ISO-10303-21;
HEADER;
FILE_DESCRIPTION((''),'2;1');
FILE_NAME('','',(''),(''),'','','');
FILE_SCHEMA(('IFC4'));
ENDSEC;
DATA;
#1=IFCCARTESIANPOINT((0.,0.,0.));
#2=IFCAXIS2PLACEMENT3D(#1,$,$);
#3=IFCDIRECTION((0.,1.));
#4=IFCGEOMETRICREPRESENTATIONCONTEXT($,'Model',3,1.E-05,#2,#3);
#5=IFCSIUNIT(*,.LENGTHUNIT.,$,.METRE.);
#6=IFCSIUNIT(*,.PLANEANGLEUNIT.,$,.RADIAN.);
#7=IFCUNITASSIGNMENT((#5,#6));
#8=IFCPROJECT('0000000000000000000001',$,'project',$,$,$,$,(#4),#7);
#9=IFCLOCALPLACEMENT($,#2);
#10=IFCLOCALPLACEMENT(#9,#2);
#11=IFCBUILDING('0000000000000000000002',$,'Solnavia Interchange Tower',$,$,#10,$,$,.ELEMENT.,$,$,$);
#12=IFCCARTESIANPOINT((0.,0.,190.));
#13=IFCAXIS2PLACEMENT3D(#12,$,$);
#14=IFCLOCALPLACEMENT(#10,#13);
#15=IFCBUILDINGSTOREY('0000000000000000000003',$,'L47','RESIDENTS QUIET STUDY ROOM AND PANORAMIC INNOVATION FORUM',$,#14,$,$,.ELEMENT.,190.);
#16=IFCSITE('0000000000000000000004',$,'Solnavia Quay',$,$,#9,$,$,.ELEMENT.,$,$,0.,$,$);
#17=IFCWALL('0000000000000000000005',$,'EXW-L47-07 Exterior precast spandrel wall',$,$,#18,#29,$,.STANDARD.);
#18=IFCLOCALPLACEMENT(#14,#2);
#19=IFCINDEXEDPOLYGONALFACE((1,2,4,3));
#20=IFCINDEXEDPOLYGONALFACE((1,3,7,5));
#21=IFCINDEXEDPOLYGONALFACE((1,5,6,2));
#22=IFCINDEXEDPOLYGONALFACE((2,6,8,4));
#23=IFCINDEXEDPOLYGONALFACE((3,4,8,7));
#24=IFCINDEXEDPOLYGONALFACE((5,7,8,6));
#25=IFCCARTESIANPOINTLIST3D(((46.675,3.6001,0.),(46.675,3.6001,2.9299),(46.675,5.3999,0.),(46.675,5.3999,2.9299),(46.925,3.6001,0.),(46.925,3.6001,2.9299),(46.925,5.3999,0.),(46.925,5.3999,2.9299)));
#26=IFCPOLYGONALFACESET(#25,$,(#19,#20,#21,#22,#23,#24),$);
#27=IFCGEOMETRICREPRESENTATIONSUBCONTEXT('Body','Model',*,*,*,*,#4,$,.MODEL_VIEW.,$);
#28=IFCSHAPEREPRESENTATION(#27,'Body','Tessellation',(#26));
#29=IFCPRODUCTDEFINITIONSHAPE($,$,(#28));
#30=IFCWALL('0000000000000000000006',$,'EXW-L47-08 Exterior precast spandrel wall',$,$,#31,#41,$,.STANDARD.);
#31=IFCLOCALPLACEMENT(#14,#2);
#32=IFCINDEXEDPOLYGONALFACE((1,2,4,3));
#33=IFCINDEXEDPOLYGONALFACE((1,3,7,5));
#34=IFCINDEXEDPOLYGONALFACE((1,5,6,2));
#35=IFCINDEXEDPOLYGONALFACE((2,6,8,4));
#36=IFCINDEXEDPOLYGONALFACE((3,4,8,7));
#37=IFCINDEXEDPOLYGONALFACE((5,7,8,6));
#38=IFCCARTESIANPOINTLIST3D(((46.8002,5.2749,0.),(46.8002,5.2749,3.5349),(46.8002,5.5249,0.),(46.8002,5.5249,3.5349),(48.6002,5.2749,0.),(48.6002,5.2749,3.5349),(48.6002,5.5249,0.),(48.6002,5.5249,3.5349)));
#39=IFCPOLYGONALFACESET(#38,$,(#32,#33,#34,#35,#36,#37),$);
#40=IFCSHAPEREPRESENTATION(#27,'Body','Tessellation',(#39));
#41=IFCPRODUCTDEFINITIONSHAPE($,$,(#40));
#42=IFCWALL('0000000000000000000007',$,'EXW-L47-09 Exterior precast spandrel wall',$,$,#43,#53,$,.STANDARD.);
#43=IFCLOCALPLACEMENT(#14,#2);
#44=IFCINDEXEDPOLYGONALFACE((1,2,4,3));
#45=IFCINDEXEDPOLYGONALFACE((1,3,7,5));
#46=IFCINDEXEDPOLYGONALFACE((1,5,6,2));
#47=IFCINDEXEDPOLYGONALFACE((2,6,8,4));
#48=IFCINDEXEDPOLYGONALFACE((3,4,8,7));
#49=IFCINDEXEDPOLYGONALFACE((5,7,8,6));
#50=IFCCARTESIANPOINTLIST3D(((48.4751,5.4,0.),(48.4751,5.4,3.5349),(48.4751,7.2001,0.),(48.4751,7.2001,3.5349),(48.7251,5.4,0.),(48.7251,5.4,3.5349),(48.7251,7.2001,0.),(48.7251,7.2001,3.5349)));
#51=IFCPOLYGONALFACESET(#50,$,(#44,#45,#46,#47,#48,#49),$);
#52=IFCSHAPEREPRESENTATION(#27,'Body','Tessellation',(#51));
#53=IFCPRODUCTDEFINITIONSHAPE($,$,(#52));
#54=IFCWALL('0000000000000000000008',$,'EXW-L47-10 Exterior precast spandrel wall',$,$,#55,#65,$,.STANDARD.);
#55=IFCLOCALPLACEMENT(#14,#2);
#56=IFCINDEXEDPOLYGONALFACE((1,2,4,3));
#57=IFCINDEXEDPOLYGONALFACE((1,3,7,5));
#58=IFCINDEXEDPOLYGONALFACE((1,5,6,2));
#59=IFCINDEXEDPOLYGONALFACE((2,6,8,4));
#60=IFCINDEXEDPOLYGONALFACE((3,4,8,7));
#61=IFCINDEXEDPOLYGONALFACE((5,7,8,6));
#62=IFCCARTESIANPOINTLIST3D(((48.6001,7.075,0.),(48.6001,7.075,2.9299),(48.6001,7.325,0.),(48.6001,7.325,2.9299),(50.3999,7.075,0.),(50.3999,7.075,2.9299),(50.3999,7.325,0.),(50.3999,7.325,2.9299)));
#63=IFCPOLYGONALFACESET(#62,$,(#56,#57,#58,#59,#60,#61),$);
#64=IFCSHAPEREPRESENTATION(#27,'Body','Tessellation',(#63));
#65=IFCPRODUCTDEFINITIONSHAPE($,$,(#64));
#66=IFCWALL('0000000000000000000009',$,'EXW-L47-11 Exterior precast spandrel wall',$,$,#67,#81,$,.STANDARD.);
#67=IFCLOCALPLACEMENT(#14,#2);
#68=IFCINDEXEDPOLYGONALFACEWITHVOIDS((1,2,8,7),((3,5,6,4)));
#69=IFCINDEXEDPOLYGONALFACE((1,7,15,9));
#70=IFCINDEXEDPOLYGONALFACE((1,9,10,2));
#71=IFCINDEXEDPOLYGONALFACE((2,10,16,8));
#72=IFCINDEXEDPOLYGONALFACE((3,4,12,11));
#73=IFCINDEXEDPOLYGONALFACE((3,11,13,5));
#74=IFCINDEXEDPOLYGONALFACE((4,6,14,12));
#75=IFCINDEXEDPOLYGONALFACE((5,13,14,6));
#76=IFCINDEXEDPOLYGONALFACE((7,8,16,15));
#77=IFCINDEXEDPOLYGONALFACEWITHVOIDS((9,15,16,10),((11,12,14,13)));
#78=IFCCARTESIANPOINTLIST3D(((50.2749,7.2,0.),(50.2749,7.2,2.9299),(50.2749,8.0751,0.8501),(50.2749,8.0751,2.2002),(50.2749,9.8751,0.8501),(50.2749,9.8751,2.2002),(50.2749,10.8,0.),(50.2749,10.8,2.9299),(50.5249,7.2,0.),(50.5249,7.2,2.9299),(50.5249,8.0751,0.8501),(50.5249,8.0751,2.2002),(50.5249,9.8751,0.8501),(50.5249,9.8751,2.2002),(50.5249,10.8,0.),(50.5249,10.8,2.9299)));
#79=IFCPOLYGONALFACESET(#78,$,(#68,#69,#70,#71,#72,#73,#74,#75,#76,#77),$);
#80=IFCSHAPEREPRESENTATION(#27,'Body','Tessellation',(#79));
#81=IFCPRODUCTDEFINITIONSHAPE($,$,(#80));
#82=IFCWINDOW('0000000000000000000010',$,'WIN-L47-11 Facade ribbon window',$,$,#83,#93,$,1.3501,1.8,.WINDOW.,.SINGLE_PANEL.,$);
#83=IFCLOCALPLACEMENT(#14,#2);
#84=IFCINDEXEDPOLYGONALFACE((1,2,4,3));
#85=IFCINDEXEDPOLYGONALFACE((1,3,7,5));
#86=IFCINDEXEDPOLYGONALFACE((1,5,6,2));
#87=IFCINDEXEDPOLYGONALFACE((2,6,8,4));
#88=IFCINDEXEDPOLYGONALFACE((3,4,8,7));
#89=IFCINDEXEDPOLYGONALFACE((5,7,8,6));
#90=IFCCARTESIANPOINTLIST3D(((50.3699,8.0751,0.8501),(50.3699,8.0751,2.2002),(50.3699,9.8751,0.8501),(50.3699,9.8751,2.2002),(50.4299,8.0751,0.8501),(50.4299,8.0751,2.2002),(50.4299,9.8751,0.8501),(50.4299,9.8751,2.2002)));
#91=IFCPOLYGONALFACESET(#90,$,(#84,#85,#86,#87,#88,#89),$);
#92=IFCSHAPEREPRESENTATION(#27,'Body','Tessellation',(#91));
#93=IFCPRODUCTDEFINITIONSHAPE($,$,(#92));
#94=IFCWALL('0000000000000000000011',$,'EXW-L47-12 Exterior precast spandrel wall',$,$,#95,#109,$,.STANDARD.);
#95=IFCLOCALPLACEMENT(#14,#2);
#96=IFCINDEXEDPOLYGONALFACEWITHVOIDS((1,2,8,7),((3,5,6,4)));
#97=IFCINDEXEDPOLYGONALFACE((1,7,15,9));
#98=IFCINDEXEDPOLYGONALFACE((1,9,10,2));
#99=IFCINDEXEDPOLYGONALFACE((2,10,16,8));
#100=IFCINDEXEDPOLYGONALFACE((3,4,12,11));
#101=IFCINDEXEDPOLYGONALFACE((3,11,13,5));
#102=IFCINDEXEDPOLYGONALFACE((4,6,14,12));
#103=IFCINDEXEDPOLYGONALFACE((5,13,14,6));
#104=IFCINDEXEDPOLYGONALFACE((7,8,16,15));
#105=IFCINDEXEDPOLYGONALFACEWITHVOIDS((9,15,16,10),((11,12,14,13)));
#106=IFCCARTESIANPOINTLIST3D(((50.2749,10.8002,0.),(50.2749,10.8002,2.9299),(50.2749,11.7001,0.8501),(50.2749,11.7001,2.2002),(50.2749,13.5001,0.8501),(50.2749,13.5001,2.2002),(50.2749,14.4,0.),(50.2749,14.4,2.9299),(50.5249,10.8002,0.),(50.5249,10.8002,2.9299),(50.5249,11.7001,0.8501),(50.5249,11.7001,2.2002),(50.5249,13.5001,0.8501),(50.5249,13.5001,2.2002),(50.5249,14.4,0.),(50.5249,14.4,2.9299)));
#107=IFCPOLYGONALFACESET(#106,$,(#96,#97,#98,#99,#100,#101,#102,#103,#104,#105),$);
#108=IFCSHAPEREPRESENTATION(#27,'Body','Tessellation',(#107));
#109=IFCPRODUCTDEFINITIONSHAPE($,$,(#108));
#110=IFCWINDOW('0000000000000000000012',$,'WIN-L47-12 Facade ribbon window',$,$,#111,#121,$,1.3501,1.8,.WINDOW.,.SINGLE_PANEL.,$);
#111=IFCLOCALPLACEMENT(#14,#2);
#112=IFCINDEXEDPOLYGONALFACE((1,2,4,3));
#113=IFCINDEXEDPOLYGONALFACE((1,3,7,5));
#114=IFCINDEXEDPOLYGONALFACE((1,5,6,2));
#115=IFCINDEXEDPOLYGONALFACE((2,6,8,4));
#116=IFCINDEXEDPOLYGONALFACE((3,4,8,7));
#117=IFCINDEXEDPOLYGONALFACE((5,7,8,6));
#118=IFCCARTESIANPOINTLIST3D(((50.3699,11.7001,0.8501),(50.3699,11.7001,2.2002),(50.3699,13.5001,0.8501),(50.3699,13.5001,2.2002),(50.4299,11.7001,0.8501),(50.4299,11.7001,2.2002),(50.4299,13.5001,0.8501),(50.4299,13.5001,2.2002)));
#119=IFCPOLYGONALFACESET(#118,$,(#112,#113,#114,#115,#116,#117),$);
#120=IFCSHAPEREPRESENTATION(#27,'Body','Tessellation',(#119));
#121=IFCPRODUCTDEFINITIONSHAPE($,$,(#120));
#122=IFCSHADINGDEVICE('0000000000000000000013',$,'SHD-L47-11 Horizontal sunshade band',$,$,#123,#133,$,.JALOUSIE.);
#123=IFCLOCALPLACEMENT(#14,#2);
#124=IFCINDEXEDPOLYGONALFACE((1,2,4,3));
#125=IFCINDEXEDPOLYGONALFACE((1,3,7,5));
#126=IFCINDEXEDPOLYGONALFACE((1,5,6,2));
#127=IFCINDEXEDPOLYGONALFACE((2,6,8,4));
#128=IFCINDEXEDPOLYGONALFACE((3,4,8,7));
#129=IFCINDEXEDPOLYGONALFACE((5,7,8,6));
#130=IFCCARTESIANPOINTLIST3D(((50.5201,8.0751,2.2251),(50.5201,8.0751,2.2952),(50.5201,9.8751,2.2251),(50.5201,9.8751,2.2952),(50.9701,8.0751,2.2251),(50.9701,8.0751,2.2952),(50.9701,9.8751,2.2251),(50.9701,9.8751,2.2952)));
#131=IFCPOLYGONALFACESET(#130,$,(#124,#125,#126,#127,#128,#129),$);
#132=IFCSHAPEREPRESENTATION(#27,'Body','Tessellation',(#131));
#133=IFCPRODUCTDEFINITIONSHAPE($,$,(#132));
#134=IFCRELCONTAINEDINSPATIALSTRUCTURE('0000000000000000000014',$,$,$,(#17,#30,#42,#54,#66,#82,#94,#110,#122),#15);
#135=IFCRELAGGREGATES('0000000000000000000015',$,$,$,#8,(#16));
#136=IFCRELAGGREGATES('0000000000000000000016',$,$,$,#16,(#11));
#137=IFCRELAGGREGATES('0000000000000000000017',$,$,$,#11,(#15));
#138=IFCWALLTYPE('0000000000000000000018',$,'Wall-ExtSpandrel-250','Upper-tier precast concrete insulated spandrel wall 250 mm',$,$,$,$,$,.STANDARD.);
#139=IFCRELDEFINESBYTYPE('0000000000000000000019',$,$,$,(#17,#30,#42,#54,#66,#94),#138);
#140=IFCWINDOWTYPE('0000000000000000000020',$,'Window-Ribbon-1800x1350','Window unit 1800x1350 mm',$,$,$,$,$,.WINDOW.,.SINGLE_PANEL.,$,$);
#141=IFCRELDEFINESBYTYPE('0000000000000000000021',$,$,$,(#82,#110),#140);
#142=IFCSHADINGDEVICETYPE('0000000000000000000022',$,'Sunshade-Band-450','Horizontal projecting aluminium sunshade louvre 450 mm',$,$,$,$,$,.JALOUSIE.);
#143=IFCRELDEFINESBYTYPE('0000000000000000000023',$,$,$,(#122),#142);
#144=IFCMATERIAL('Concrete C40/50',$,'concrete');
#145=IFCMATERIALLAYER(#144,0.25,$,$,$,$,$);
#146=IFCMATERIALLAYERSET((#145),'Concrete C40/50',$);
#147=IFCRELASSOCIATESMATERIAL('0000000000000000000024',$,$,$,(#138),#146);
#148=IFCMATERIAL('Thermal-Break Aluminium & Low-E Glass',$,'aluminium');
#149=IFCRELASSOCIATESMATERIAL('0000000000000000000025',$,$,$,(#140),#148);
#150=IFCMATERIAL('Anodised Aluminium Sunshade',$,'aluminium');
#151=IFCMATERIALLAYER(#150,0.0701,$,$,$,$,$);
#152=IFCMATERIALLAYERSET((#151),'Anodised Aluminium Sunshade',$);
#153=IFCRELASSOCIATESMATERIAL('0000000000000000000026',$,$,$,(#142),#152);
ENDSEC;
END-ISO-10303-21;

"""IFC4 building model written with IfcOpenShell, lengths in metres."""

from ifc_helpers import new_model, si_unit, direction, frame, frame_2d, origin, origin_2d, place, context, subcontext, project, spatial, rectangle, extrude, material, layer, layer_set, type_object, element, fill, save


model = new_model("IFC4")

# Units and contexts
model_context = context("Model", 3, precision=1e-05, world=origin(), true_north=direction((0.0, 1.0)))
body_context = subcontext(model_context, "Body", "Model", "MODEL_VIEW")
ifc_project = project(units=[si_unit("LENGTHUNIT", "METRE"), si_unit("PLANEANGLEUNIT", "RADIAN")], contexts=[model_context])

# Site, building, storey
site_placement = place(None, origin())
site = spatial("IfcSite", under=ifc_project, at=site_placement, Name="Solnavia Quay", CompositionType="ELEMENT", RefElevation=0.0)
building_placement = place(site_placement, origin())
building = spatial("IfcBuilding", under=site, at=building_placement, Name="Solnavia Interchange Tower", CompositionType="ELEMENT")
storey_placement = place(building_placement, frame((0.0, 0.0, 190.0)))
storey = spatial("IfcBuildingStorey", under=building, at=storey_placement, Name="L47", Description="RESIDENTS QUIET STUDY ROOM AND PANORAMIC INNOVATION FORUM", CompositionType="ELEMENT", Elevation=190.0)

# Shared definitions
ifc_material_1 = material(Name="Concrete C40/50", Category="concrete")
ifc_layer_1 = layer(ifc_material_1, 0.25)
ifc_layer_set_1 = layer_set([ifc_layer_1], Name="Concrete C40/50")
wall_type = type_object("IfcWallType", Name="Wall-ExtSpandrel-250", Description="Upper-tier precast concrete insulated spandrel wall 250 mm", PredefinedType="STANDARD", material=ifc_layer_set_1)
ifc_material_2 = material(Name="Thermal-Break Aluminium & Low-E Glass", Category="aluminium")
window_type = type_object("IfcWindowType", Name="Window-Ribbon-1800x1350", Description="Window unit 1800x1350 mm", PartitioningType="SINGLE_PANEL", PredefinedType="WINDOW", material=ifc_material_2)

# Walls
wall_1_placement = place(storey_placement, frame((46.8, 5.3999, 0.0), z_axis=(0.0, 0.0, 1.0), x_axis=(0.0, -1.0, 0.0)))
element("IfcWall", 1, at=wall_1_placement, inside=storey, type_object=wall_type, Name="EXW-L47-07 Exterior precast spandrel wall", PredefinedType="STANDARD", context=body_context, shape_type="SweptSolid", body=[
    extrude(rectangle(XDim=1.7998, YDim=0.25, at=frame_2d((0.8999, 0.0))), origin(), (0.0, 0.0, 1.0), 2.9299),
])
for number, where, z_axis, x_axis, name in (
    (2, (48.6001, 5.3999, 0.0), (0.0, 0.0, 1.0), (-1.0, 0.0, 0.0), "EXW-L47-08 Exterior precast spandrel wall"),
    (3, (48.6001, 7.2, 0.0), (0.0, 0.0, 1.0), (0.0, -1.0, 0.0), "EXW-L47-09 Exterior precast spandrel wall"),
):
    element("IfcWall", number, at=place(storey_placement, frame(where, z_axis=z_axis, x_axis=x_axis)), inside=storey, type_object=wall_type, Name=name, PredefinedType="STANDARD", context=body_context, shape_type="SweptSolid", body=[
        extrude(rectangle(XDim=1.8, YDim=0.25, at=frame_2d((0.8999, 0.0))), origin(), (0.0, 0.0, 1.0), 3.5349),
    ])
wall_2_placement = place(storey_placement, frame((50.3999, 7.2, 0.0), z_axis=(0.0, 0.0, 1.0), x_axis=(-1.0, 0.0, 0.0)))
element("IfcWall", 4, at=wall_2_placement, inside=storey, type_object=wall_type, Name="EXW-L47-10 Exterior precast spandrel wall", PredefinedType="STANDARD", context=body_context, shape_type="SweptSolid", body=[
    extrude(rectangle(XDim=1.7998, YDim=0.25, at=frame_2d((0.8999, 0.0))), origin(), (0.0, 0.0, 1.0), 2.9299),
])

# Walls, openings, windows
wall_3_placement = place(storey_placement, frame((50.3999, 10.8, 0.0), z_axis=(0.0, 0.0, 1.0), x_axis=(0.0, -1.0, 0.0)))
wall_3 = element("IfcWall", 5, at=wall_3_placement, inside=storey, type_object=wall_type, Name="EXW-L47-11 Exterior precast spandrel wall", PredefinedType="STANDARD", context=body_context, shape_type="SweptSolid", body=[
    extrude(rectangle(XDim=3.6001, YDim=0.25, at=frame_2d((1.8, 0.0))), origin(), (0.0, 0.0, 1.0), 2.9299),
])
opening_1_placement = place(wall_3_placement, frame((0.925, 0.0, 0.8501)))
opening_1 = element("IfcOpeningElement", 6, at=opening_1_placement, cuts=wall_3, PredefinedType="OPENING", context=body_context, shape_type="SweptSolid", body=[
    extrude(rectangle(XDim=1.8, YDim=1.3501, at=frame_2d((0.8999, 0.675))), frame((0.0, 0.135, 0.0), z_axis=(0.0, -1.0, 0.0), x_axis=(1.0, 0.0, 0.0)), (0.0, 0.0, 1.0), 0.27),
])
window_1_placement = place(opening_1_placement, origin())
window_1 = element("IfcWindow", 7, at=window_1_placement, inside=storey, type_object=window_type, Name="WIN-L47-11 Facade ribbon window", OverallHeight=1.3501, OverallWidth=1.8, PartitioningType="SINGLE_PANEL", PredefinedType="WINDOW", context=body_context, shape_type="SweptSolid", body=[
    extrude(rectangle(XDim=1.8, YDim=1.3501, at=frame_2d((0.8999, 0.675))), frame((0.0, 0.03, 0.0), z_axis=(0.0, -1.0, 0.0), x_axis=(1.0, 0.0, 0.0)), (0.0, 0.0, 1.0), 0.0601),
])
fill(opening_1, window_1)
wall_4_placement = place(storey_placement, frame((50.3999, 14.3999, 0.0), z_axis=(0.0, 0.0, 1.0), x_axis=(0.0, -1.0, 0.0)))
wall_4 = element("IfcWall", 8, at=wall_4_placement, inside=storey, type_object=wall_type, Name="EXW-L47-12 Exterior precast spandrel wall", PredefinedType="STANDARD", context=body_context, shape_type="SweptSolid", body=[
    extrude(rectangle(XDim=3.5999, YDim=0.25, at=frame_2d((1.7998, 0.0))), origin(), (0.0, 0.0, 1.0), 2.9299),
])
opening_2_placement = place(wall_4_placement, frame((0.8999, 0.0, 0.8501)))
opening_2 = element("IfcOpeningElement", 9, at=opening_2_placement, cuts=wall_4, PredefinedType="OPENING", context=body_context, shape_type="SweptSolid", body=[
    extrude(rectangle(XDim=1.8, YDim=1.3501, at=frame_2d((0.8999, 0.675))), frame((0.0, 0.135, 0.0), z_axis=(0.0, -1.0, 0.0), x_axis=(1.0, 0.0, 0.0)), (0.0, 0.0, 1.0), 0.27),
])
window_2_placement = place(opening_2_placement, origin())
window_2 = element("IfcWindow", 10, at=window_2_placement, inside=storey, type_object=window_type, Name="WIN-L47-12 Facade ribbon window", OverallHeight=1.3501, OverallWidth=1.8, PartitioningType="SINGLE_PANEL", PredefinedType="WINDOW", context=body_context, shape_type="SweptSolid", body=[
    extrude(rectangle(XDim=1.8, YDim=1.3501, at=frame_2d((0.8999, 0.675))), frame((0.0, 0.03, 0.0), z_axis=(0.0, -1.0, 0.0), x_axis=(1.0, 0.0, 0.0)), (0.0, 0.0, 1.0), 0.0601),
])
fill(opening_2, window_2)

# Shading device
ifc_material_3 = material(Name="Anodised Aluminium Sunshade", Category="aluminium")
ifc_layer_2 = layer(ifc_material_3, 0.0701)
ifc_layer_set_2 = layer_set([ifc_layer_2], Name="Anodised Aluminium Sunshade")
shading_device_type = type_object("IfcShadingDeviceType", Name="Sunshade-Band-450", Description="Horizontal projecting aluminium sunshade louvre 450 mm", PredefinedType="JALOUSIE", material=ifc_layer_set_2)
shading_device_placement = place(storey_placement, frame((50.7451, 8.9751, 2.2251), z_axis=(0.0, 0.0, 1.0), x_axis=(0.0, -1.0, 0.0)))
element("IfcShadingDevice", 11, at=shading_device_placement, inside=storey, type_object=shading_device_type, Name="SHD-L47-11 Horizontal sunshade band", PredefinedType="JALOUSIE", context=body_context, shape_type="SweptSolid", body=[
    extrude(rectangle(XDim=1.8, YDim=0.45, at=origin_2d()), origin(), (0.0, 0.0, 1.0), 0.0701),
])

save(model, "model.ifc")
